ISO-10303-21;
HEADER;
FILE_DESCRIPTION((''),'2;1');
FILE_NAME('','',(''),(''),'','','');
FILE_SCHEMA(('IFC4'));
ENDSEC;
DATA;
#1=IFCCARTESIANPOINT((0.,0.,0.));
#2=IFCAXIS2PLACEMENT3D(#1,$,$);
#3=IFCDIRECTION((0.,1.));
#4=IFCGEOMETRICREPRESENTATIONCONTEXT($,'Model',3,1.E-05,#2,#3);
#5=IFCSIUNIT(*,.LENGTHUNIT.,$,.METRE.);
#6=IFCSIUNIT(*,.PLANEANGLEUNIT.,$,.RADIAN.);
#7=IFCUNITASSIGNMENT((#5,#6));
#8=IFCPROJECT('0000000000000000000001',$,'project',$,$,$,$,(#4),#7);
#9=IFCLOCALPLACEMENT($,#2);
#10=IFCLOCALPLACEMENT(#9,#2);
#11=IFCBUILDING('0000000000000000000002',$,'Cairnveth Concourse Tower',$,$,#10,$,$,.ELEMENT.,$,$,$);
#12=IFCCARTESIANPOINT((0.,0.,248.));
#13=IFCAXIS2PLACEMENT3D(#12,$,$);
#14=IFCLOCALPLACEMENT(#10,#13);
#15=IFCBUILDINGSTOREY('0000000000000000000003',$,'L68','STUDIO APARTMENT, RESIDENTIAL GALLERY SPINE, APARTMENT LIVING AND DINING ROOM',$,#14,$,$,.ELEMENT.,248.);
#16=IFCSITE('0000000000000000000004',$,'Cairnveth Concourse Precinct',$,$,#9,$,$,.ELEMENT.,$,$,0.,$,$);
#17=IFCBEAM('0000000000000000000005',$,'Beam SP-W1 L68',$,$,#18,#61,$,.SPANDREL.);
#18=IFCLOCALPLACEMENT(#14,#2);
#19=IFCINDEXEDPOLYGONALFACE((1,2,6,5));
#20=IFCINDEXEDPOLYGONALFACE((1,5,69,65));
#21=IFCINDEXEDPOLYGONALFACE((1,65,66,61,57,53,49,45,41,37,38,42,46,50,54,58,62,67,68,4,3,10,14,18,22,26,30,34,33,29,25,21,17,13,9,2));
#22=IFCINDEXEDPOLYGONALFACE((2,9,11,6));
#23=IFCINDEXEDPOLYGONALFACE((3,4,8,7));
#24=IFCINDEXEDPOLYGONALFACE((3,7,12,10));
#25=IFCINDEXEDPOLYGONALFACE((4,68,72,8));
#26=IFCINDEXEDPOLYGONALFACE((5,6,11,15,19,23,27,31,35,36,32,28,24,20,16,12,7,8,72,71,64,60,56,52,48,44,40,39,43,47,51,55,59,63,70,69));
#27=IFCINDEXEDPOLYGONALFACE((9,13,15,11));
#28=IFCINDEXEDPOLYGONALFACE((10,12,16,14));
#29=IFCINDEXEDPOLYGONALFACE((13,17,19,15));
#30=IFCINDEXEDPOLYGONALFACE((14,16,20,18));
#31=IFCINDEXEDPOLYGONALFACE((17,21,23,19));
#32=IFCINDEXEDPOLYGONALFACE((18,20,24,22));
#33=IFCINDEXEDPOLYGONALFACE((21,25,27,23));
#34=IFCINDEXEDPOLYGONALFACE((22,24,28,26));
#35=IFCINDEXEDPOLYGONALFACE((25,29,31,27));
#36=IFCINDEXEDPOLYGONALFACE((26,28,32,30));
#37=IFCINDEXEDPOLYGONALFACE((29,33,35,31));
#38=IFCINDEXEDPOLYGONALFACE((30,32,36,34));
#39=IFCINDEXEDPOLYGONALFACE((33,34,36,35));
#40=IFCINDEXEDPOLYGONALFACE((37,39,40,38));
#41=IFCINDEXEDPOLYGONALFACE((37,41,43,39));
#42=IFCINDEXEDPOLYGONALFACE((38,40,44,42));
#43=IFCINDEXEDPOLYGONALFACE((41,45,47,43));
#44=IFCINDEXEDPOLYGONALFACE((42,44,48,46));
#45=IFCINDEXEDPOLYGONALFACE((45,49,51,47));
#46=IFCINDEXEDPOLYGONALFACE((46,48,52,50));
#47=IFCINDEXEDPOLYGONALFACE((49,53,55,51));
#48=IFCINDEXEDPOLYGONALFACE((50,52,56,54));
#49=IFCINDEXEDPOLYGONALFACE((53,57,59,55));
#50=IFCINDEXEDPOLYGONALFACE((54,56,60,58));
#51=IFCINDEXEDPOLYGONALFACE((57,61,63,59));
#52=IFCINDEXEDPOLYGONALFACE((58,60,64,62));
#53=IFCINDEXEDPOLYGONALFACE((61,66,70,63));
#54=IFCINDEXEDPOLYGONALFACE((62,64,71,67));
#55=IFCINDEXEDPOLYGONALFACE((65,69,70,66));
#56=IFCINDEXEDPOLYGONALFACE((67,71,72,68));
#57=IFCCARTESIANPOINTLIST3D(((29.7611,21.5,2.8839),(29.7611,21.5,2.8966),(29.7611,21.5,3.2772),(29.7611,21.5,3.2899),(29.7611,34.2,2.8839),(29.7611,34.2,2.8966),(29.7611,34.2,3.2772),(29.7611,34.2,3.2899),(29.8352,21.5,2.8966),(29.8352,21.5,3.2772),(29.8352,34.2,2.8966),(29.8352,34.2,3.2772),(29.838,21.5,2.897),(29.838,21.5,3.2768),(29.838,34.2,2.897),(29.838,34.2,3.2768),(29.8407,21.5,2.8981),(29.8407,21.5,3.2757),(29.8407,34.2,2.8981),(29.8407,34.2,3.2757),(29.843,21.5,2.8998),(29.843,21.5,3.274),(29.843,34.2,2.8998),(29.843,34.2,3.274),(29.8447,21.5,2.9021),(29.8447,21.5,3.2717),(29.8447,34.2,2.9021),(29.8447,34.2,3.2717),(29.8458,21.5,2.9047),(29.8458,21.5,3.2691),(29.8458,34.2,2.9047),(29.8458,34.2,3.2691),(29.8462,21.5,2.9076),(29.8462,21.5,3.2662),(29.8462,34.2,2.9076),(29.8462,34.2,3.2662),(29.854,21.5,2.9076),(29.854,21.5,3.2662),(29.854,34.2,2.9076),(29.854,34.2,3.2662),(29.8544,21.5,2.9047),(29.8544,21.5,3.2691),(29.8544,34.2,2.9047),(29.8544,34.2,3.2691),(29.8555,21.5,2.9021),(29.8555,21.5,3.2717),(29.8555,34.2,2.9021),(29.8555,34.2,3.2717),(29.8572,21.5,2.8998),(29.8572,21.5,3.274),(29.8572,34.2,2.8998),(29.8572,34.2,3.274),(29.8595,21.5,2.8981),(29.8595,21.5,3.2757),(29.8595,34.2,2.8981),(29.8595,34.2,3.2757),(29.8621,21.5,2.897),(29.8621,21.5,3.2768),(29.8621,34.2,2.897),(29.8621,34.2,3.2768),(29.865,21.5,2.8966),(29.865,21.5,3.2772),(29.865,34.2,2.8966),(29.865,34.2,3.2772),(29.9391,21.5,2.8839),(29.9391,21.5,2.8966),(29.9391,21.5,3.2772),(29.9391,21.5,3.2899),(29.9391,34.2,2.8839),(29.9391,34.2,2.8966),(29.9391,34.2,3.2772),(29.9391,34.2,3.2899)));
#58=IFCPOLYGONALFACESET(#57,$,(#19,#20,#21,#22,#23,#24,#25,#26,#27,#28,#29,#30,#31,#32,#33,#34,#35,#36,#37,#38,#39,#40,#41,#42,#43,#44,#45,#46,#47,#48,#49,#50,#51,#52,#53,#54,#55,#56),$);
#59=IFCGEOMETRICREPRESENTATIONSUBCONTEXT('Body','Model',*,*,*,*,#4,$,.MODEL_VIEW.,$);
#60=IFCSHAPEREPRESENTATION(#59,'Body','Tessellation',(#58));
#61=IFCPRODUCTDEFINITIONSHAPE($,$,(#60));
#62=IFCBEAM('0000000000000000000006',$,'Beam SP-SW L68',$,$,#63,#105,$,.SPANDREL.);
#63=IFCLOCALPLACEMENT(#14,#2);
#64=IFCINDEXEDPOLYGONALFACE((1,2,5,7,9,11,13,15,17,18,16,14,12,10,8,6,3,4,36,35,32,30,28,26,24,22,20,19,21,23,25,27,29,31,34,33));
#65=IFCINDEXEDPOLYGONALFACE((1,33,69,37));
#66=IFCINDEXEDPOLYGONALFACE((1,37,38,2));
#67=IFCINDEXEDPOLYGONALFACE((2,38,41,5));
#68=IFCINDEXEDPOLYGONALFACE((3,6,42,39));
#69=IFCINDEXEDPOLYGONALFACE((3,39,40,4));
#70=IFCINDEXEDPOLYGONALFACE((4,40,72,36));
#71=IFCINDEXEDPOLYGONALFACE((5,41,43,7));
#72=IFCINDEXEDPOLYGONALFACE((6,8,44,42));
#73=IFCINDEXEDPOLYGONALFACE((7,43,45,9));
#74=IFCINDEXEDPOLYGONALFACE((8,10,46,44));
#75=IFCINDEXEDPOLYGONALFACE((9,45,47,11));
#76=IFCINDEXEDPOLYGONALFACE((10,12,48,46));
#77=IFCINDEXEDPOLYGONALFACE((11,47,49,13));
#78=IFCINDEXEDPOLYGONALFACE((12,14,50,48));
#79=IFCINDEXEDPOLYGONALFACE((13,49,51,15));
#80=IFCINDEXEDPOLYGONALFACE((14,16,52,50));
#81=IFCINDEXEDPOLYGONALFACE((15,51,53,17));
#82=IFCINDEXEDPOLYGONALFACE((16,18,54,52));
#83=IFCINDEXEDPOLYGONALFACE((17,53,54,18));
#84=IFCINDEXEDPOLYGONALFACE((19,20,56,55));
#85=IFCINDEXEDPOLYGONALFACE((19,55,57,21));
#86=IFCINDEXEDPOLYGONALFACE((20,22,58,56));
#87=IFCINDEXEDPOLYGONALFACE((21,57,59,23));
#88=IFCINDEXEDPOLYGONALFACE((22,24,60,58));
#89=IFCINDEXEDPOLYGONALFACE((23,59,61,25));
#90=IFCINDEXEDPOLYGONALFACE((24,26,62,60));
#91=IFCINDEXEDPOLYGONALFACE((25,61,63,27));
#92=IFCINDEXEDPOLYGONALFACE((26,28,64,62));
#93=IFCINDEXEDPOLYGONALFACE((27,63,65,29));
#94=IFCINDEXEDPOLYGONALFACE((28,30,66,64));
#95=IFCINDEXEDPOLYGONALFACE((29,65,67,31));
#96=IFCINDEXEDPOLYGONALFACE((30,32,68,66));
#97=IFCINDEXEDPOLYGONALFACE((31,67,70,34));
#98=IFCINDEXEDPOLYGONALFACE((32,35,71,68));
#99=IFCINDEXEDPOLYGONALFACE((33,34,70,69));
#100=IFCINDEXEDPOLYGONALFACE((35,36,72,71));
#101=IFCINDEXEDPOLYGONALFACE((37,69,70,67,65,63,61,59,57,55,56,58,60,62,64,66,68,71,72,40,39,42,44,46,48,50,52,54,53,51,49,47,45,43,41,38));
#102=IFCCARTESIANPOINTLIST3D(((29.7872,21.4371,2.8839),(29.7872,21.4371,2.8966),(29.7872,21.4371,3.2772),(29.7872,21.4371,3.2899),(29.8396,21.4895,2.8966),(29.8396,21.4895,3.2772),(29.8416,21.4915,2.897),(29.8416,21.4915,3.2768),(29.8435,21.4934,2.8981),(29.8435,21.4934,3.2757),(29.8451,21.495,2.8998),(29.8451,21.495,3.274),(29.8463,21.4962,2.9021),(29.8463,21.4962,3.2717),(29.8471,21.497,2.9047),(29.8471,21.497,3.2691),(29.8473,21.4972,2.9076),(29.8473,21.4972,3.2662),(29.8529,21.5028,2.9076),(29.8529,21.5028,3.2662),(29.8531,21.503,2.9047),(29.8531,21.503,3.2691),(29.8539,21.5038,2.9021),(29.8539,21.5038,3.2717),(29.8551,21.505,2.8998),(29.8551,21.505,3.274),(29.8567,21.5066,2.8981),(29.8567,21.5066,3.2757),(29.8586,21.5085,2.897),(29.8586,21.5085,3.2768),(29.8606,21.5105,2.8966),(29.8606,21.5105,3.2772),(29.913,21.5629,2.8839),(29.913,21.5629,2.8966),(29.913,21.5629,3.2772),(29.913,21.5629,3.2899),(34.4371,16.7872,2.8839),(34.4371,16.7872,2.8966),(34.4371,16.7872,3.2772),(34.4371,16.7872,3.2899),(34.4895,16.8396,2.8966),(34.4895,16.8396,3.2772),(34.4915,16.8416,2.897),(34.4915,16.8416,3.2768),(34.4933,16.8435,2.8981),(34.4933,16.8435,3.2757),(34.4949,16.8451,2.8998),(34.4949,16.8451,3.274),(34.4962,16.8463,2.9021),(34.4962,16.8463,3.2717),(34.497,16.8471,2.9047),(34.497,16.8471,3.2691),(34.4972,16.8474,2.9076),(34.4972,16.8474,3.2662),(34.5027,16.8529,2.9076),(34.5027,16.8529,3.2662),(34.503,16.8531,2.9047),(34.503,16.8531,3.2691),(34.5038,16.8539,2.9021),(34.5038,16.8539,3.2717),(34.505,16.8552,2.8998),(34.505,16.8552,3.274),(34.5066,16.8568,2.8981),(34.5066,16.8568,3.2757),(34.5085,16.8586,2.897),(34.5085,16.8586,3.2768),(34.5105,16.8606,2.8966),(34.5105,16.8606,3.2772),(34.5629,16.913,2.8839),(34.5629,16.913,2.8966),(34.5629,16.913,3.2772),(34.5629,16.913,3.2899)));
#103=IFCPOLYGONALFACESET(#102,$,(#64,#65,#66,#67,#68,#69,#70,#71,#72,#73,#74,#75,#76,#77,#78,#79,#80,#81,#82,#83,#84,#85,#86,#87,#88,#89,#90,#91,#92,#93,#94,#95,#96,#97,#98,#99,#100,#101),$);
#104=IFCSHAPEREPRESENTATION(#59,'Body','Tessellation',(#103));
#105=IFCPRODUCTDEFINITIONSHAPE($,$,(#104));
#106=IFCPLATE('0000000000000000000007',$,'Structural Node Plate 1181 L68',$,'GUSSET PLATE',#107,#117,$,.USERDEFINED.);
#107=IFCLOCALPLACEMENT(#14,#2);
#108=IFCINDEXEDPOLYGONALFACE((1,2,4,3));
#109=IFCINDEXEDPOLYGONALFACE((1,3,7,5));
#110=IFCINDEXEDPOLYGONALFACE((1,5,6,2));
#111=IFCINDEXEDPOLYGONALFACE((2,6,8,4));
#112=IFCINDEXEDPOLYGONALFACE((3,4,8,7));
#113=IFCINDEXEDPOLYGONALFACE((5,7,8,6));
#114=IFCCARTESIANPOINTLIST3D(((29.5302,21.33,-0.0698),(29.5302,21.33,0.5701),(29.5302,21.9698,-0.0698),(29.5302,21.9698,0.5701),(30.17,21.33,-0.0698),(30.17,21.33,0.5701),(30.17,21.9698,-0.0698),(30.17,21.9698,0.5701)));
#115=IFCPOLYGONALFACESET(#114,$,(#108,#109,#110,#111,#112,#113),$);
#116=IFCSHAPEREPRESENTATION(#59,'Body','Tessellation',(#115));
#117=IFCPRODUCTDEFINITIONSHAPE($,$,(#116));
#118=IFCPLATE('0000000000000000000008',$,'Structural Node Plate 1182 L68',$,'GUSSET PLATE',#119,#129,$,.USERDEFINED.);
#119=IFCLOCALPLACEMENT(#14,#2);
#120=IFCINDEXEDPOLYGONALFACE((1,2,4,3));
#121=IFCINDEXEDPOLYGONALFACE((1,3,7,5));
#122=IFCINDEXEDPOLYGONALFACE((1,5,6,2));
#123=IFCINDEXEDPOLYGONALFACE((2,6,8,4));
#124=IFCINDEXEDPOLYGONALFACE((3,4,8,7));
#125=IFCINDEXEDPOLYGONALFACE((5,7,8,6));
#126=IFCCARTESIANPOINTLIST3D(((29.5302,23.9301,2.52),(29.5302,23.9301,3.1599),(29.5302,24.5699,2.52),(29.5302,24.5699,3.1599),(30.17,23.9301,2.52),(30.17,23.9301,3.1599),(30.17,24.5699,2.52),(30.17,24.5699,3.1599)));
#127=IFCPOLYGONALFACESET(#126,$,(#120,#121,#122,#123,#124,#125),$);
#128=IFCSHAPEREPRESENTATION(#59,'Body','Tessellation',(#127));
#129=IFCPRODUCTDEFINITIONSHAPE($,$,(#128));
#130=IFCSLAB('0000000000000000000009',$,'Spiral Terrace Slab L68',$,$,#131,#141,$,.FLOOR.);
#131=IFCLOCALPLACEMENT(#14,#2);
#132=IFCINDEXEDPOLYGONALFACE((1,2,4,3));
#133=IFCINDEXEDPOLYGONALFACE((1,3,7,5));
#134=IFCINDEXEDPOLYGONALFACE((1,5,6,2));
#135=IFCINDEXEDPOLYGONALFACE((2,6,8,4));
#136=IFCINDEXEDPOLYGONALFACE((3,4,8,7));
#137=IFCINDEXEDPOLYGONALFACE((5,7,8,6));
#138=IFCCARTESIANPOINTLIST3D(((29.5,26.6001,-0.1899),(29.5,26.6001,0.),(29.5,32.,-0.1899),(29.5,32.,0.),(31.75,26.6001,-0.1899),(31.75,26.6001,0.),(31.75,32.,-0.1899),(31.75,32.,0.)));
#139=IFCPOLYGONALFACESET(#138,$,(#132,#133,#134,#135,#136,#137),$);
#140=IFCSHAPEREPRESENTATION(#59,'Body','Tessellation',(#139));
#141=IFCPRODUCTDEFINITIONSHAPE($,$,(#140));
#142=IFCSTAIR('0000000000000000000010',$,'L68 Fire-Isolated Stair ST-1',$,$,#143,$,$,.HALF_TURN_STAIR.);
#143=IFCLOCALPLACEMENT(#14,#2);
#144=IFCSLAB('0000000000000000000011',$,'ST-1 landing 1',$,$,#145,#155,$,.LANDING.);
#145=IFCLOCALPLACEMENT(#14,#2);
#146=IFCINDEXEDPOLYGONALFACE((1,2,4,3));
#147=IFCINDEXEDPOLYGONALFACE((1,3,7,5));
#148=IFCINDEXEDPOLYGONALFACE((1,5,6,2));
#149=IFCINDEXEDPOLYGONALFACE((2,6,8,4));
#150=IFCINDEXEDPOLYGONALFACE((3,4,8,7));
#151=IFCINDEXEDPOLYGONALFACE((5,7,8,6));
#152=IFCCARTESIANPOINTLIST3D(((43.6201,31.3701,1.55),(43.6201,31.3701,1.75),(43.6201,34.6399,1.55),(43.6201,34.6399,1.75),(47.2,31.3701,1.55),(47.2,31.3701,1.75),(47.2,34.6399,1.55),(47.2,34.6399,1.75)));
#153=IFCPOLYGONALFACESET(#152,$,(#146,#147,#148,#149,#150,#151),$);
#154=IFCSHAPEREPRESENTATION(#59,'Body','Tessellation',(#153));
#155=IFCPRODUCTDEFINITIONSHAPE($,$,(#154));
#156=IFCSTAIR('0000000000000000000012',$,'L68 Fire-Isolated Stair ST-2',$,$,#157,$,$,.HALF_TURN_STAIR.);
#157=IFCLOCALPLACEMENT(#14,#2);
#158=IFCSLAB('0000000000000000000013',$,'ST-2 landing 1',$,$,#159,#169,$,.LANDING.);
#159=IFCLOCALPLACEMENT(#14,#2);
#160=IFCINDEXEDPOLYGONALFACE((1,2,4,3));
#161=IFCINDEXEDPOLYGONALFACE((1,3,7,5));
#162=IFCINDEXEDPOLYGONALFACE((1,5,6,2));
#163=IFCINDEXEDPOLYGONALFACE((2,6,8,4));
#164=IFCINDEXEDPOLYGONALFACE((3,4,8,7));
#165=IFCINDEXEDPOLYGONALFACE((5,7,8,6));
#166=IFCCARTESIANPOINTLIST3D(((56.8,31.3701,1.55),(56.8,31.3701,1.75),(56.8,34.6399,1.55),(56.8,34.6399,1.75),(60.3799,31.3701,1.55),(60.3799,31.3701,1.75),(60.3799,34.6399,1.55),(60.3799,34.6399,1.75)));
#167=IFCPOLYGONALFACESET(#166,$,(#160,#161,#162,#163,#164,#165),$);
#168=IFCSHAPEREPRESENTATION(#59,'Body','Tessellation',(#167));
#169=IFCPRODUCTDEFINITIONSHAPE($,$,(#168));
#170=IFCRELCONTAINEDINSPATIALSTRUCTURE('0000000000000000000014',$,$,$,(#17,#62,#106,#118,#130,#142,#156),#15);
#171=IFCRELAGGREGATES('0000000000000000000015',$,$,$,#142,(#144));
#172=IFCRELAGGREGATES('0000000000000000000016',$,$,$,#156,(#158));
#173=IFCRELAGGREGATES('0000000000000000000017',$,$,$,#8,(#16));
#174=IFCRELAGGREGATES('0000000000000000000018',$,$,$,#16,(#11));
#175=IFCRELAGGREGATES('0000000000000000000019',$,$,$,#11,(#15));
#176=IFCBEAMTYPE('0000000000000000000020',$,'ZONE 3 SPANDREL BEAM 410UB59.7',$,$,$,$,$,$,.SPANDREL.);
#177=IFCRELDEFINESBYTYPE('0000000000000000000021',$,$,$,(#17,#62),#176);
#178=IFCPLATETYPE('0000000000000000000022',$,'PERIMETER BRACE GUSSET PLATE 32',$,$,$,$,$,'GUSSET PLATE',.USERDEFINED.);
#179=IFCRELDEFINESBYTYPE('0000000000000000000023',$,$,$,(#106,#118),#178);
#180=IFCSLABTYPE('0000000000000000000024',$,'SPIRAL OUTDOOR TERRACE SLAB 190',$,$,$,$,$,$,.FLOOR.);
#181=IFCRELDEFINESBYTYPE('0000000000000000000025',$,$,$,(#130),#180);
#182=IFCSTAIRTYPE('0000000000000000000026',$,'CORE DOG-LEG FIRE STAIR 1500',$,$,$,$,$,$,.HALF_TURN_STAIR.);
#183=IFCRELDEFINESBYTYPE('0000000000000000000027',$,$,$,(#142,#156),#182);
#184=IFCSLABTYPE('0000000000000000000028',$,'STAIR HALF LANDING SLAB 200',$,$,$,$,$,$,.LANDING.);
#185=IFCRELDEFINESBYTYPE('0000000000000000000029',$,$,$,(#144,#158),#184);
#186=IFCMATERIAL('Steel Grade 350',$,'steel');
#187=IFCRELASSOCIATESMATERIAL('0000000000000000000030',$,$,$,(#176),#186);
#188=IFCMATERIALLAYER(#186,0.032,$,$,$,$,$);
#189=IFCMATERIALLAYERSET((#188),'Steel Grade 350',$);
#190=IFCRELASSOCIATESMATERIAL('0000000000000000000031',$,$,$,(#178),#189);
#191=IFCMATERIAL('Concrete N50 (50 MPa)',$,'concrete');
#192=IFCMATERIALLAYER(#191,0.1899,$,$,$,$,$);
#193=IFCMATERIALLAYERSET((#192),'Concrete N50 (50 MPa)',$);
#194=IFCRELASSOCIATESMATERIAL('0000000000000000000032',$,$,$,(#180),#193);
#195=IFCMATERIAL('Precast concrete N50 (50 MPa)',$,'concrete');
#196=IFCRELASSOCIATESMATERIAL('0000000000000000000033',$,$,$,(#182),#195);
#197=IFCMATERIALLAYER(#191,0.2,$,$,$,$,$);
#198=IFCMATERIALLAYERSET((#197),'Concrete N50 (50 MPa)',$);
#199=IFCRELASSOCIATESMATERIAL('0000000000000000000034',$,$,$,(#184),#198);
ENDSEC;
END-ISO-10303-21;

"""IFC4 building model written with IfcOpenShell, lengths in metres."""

from ifc_helpers import new_model, si_unit, direction, frame, origin, origin_2d, place, context, subcontext, project, spatial, polyline, rectangle, i_section, outline, extrude, material, layer, layer_set, material_profile, profile_set, type_object, element, aggregate, save


model = new_model("IFC4")

# Units and contexts
model_context = context("Model", 3, precision=1e-05, world=origin(), true_north=direction((0.0, 1.0)))
body_context = subcontext(model_context, "Body", "Model", "MODEL_VIEW")
ifc_project = project(units=[si_unit("LENGTHUNIT", "METRE"), si_unit("PLANEANGLEUNIT", "RADIAN")], contexts=[model_context])

# Site, building, storey
site_placement = place(None, origin())
site = spatial("IfcSite", under=ifc_project, at=site_placement, Name="Cairnveth Concourse Precinct", CompositionType="ELEMENT", RefElevation=0.0)
building_placement = place(site_placement, origin())
building = spatial("IfcBuilding", under=site, at=building_placement, Name="Cairnveth Concourse Tower", CompositionType="ELEMENT")
storey_placement = place(building_placement, frame((0.0, 0.0, 248.0)))
storey = spatial("IfcBuildingStorey", under=building, at=storey_placement, Name="L68", Description="STUDIO APARTMENT, RESIDENTIAL GALLERY SPINE, APARTMENT LIVING AND DINING ROOM", CompositionType="ELEMENT", Elevation=248.0)

# Shared definitions
ifc_material_1 = material(Name="Steel Grade 350", Category="steel")

# Beams
ifc_material_profile_1 = material_profile(ifc_material_1, i_section(OverallWidth=0.178, OverallDepth=0.406, WebThickness=0.0078, FlangeThickness=0.0127, FilletRadius=0.011, at=origin_2d()), Name="410UB59.7")
ifc_profile_set_1 = profile_set([ifc_material_profile_1], Name="Steel Grade 350")
beam_type_1 = type_object("IfcBeamType", Name="ZONE 3 SPANDREL BEAM 410UB59.7", PredefinedType="SPANDREL", material=ifc_profile_set_1)
beam_1_placement = place(storey_placement, frame((29.8501, 21.5, 3.0869), z_axis=(0.0, 1.0, 0.0), x_axis=(-1.0, 0.0, 0.0)))
element("IfcBeam", 1, at=beam_1_placement, inside=storey, type_object=beam_type_1, Name="Beam SP-W1 L68", PredefinedType="SPANDREL", context=body_context, shape_type="SweptSolid", body=[
    extrude(i_section(OverallWidth=0.178, OverallDepth=0.406, WebThickness=0.0078, FlangeThickness=0.0127, FilletRadius=0.011, at=origin_2d()), origin(), (0.0, 0.0, 1.0), 12.7),
])
beam_2_placement = place(storey_placement, frame((29.8501, 21.5, 3.0869), z_axis=(0.707107, -0.707107, 0.0), x_axis=(0.707107, 0.707107, 0.0)))
element("IfcBeam", 2, at=beam_2_placement, inside=storey, type_object=beam_type_1, Name="Beam SP-SW L68", PredefinedType="SPANDREL", context=body_context, shape_type="SweptSolid", body=[
    extrude(i_section(OverallWidth=0.178, OverallDepth=0.406, WebThickness=0.0078, FlangeThickness=0.0127, FilletRadius=0.011, at=origin_2d()), origin(), (0.0, 0.0, 1.0), 6.5759),
])

# Plates
ifc_layer_1 = layer(ifc_material_1, 0.032)
ifc_layer_set_1 = layer_set([ifc_layer_1], Name="Steel Grade 350")
plate_type = type_object("IfcPlateType", Name="PERIMETER BRACE GUSSET PLATE 32", ElementType="GUSSET PLATE", PredefinedType="USERDEFINED", material=ifc_layer_set_1)
for number, where, z_axis, x_axis, name in (
    (3, (29.8501, 21.6499, -0.0698), (0.0, 0.0, 1.0), (1.0, 0.0, 0.0), "Structural Node Plate 1181 L68"),
    (4, (29.8501, 24.25, 2.52), (0.0, 0.0, 1.0), (1.0, 0.0, 0.0), "Structural Node Plate 1182 L68"),
):
    element("IfcPlate", number, at=place(storey_placement, frame(where, z_axis=z_axis, x_axis=x_axis)), inside=storey, type_object=plate_type, Name=name, ObjectType="GUSSET PLATE", PredefinedType="USERDEFINED", context=body_context, shape_type="SweptSolid", body=[
        extrude(rectangle(XDim=0.6399, YDim=0.6399, at=origin_2d()), origin(), (0.0, 0.0, 1.0), 0.6399),
    ])

# Slab
ifc_material_2 = material(Name="Concrete N50 (50 MPa)", Category="concrete")
ifc_layer_2 = layer(ifc_material_2, 0.1899)
ifc_layer_set_2 = layer_set([ifc_layer_2], Name="Concrete N50 (50 MPa)")
slab_type_1 = type_object("IfcSlabType", Name="SPIRAL OUTDOOR TERRACE SLAB 190", PredefinedType="FLOOR", material=ifc_layer_set_2)
slab_1_placement = place(storey_placement, frame((0.0, 0.0, -0.1899)))
element("IfcSlab", 5, at=slab_1_placement, inside=storey, type_object=slab_type_1, Name="Spiral Terrace Slab L68", PredefinedType="FLOOR", context=body_context, shape_type="SweptSolid", body=[
    extrude(outline(polyline([(29.5, 26.6001), (31.75, 26.6001), (31.75, 32.0), (29.5, 32.0), (29.5, 26.6001)])), origin(), (0.0, 0.0, 1.0), 0.1899),
])

# Stairs, slabs
ifc_material_3 = material(Name="Precast concrete N50 (50 MPa)", Category="concrete")
stair_type = type_object("IfcStairType", Name="CORE DOG-LEG FIRE STAIR 1500", PredefinedType="HALF_TURN_STAIR", material=ifc_material_3)
stair_1_placement = place(storey_placement, origin())
stair_1 = element("IfcStair", 6, at=stair_1_placement, inside=storey, type_object=stair_type, Name="L68 Fire-Isolated Stair ST-1", PredefinedType="HALF_TURN_STAIR")
ifc_layer_3 = layer(ifc_material_2, 0.2)
ifc_layer_set_3 = layer_set([ifc_layer_3], Name="Concrete N50 (50 MPa)")
slab_type_2 = type_object("IfcSlabType", Name="STAIR HALF LANDING SLAB 200", PredefinedType="LANDING", material=ifc_layer_set_3)
slab_2_placement = place(storey_placement, frame((0.0, 0.0, 1.55)))
slab_2 = element("IfcSlab", 7, at=slab_2_placement, type_object=slab_type_2, Name="ST-1 landing 1", PredefinedType="LANDING", context=body_context, shape_type="SweptSolid", body=[
    extrude(outline(polyline([(43.6201, 34.6399), (43.6201, 31.3701), (47.2, 31.3701), (47.2, 34.6399), (43.6201, 34.6399)])), origin(), (0.0, 0.0, 1.0), 0.2),
])
aggregate(stair_1, [slab_2])
stair_2_placement = place(storey_placement, origin())
stair_2 = element("IfcStair", 8, at=stair_2_placement, inside=storey, type_object=stair_type, Name="L68 Fire-Isolated Stair ST-2", PredefinedType="HALF_TURN_STAIR")
slab_3_placement = place(storey_placement, frame((0.0, 0.0, 1.55)))
slab_3 = element("IfcSlab", 9, at=slab_3_placement, type_object=slab_type_2, Name="ST-2 landing 1", PredefinedType="LANDING", context=body_context, shape_type="SweptSolid", body=[
    extrude(outline(polyline([(56.8, 34.6399), (56.8, 31.3701), (60.3799, 31.3701), (60.3799, 34.6399), (56.8, 34.6399)])), origin(), (0.0, 0.0, 1.0), 0.2),
])
aggregate(stair_2, [slab_3])

save(model, "model.ifc")
